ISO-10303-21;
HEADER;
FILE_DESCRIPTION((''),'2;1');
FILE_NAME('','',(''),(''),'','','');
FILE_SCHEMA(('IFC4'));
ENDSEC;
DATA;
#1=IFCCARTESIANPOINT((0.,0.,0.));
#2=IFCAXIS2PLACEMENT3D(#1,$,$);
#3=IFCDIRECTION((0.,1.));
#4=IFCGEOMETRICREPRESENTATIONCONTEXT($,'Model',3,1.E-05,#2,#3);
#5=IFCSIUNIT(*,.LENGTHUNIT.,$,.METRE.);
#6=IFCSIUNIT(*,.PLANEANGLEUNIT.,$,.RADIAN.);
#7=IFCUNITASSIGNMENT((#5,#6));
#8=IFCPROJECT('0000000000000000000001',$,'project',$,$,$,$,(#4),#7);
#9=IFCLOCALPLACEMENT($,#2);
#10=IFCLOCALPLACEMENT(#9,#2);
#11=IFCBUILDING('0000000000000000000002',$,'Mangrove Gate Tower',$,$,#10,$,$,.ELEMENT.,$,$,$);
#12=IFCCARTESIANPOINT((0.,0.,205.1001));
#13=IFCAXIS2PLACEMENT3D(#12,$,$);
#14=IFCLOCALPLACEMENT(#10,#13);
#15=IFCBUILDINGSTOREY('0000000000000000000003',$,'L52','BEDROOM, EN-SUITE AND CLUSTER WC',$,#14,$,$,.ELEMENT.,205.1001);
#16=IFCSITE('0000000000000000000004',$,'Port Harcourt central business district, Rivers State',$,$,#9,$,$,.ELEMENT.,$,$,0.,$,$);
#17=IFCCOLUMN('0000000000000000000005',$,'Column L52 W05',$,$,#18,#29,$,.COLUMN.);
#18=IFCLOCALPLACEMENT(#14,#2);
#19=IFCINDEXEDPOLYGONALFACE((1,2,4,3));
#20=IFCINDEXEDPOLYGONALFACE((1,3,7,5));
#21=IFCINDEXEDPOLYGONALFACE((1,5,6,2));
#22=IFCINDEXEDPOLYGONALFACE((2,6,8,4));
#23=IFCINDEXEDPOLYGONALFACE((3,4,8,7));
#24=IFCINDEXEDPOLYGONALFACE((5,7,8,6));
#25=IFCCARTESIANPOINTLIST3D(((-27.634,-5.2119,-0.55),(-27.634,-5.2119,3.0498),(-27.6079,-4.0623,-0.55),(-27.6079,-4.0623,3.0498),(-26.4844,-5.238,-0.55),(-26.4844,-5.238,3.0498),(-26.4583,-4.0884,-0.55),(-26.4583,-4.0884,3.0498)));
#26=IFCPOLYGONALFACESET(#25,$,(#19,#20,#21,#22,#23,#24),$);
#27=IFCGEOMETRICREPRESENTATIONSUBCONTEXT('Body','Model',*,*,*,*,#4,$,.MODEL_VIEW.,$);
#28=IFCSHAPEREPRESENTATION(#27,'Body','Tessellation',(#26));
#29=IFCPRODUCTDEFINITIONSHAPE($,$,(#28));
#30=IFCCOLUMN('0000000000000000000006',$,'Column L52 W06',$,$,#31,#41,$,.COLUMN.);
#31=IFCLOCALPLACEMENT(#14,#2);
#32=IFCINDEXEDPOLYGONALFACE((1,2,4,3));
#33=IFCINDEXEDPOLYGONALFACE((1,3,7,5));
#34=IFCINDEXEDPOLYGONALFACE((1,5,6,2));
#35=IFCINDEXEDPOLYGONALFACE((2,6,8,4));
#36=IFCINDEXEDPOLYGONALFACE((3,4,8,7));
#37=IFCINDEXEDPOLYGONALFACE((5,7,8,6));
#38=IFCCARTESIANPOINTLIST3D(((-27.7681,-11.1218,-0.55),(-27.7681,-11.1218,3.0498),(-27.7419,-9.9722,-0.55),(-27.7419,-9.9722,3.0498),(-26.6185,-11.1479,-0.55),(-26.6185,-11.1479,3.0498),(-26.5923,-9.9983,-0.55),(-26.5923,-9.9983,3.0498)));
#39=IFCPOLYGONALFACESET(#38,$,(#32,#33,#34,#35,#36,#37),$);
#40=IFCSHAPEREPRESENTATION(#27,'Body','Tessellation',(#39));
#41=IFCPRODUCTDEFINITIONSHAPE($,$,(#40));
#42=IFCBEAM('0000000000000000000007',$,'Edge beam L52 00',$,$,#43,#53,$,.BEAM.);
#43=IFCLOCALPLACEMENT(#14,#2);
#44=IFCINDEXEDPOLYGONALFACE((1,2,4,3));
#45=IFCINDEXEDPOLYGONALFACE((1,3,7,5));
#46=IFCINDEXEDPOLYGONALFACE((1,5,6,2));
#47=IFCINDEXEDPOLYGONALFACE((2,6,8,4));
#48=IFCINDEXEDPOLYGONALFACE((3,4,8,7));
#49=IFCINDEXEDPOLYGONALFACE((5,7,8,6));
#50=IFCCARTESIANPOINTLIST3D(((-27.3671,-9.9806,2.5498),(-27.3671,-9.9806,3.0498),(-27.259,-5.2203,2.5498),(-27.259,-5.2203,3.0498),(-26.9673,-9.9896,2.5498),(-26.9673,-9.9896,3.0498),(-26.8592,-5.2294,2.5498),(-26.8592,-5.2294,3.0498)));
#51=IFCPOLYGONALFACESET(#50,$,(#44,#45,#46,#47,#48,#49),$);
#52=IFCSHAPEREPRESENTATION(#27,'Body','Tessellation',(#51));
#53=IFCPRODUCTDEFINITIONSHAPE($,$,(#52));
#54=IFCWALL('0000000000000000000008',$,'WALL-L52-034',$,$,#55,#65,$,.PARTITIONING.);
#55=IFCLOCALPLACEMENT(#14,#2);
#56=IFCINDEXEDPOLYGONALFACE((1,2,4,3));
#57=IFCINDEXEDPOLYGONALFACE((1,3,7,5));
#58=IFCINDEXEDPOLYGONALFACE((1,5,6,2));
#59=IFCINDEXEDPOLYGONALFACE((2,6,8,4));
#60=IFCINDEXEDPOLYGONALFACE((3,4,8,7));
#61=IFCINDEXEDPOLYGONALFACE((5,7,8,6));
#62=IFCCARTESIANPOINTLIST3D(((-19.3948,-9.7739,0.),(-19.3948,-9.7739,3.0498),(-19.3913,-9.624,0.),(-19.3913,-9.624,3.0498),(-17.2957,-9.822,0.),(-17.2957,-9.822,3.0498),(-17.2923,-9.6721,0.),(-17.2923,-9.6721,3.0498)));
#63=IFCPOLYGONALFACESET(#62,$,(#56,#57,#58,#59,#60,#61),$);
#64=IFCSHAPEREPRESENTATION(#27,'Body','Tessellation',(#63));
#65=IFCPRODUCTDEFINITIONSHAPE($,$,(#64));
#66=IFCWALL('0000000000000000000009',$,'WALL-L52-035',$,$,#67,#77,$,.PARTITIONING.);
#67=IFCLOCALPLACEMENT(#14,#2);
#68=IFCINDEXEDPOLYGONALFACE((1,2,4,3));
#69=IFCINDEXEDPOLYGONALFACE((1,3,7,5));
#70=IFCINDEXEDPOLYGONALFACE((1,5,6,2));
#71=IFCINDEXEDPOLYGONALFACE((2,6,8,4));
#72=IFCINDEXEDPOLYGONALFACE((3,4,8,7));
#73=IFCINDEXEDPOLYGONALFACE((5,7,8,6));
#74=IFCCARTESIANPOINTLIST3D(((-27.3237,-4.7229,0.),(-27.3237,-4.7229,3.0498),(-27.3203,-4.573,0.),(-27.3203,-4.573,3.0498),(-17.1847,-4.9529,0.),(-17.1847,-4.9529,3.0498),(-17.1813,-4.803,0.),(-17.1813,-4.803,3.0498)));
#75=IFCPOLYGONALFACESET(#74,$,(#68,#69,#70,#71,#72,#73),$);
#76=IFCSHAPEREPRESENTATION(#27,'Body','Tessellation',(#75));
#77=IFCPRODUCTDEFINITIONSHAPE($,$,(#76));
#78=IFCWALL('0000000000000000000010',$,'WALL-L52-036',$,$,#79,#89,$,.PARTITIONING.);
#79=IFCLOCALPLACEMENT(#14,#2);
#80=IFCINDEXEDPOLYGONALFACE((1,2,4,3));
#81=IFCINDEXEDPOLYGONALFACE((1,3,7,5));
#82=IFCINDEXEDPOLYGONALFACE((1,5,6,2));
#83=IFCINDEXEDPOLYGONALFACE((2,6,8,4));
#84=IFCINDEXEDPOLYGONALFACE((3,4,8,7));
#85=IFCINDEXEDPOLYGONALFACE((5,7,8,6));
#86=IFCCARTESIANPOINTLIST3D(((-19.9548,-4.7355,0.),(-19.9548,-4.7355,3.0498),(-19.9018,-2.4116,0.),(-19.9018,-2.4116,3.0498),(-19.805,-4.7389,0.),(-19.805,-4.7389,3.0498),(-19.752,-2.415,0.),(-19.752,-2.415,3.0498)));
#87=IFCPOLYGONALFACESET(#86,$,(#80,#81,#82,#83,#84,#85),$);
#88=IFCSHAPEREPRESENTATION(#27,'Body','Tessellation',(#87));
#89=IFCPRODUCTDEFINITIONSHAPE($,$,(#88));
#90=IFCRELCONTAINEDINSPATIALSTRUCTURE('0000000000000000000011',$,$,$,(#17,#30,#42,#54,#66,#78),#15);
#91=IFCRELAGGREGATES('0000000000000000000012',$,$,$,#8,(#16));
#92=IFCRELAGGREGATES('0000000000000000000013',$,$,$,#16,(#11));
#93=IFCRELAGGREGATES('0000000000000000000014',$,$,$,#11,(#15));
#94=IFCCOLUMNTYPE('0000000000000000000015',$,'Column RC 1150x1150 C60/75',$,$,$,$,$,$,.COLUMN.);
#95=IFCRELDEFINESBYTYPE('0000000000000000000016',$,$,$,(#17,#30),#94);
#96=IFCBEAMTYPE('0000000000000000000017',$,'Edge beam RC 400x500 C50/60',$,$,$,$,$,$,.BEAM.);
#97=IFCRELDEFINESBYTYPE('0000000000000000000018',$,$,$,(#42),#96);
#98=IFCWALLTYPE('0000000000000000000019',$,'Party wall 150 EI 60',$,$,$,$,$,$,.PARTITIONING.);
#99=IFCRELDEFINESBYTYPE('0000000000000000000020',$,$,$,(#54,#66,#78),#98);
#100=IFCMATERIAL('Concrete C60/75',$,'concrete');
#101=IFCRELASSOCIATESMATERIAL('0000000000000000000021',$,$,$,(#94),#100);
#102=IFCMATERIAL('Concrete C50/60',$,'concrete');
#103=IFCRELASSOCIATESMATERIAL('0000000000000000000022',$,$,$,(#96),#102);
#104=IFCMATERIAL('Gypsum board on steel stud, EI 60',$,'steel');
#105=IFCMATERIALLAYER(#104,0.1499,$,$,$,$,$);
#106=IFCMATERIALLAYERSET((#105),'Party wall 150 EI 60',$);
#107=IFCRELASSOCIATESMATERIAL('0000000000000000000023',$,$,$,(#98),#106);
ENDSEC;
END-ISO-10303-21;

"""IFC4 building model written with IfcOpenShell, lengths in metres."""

from ifc_helpers import new_model, si_unit, direction, frame, frame_2d, origin, origin_2d, place, context, subcontext, project, spatial, rectangle, extrude, material, layer, layer_set, material_profile, profile_set, type_object, element, save


model = new_model("IFC4")

# Units and contexts
model_context = context("Model", 3, precision=1e-05, world=origin(), true_north=direction((0.0, 1.0)))
body_context = subcontext(model_context, "Body", "Model", "MODEL_VIEW")
ifc_project = project(units=[si_unit("LENGTHUNIT", "METRE"), si_unit("PLANEANGLEUNIT", "RADIAN")], contexts=[model_context])

# Site, building, storey
site_placement = place(None, origin())
site = spatial("IfcSite", under=ifc_project, at=site_placement, Name="Port Harcourt central business district, Rivers State", CompositionType="ELEMENT", RefElevation=0.0)
building_placement = place(site_placement, origin())
building = spatial("IfcBuilding", under=site, at=building_placement, Name="Mangrove Gate Tower", CompositionType="ELEMENT")
storey_placement = place(building_placement, frame((0.0, 0.0, 205.1001)))
storey = spatial("IfcBuildingStorey", under=building, at=storey_placement, Name="L52", Description="BEDROOM, EN-SUITE AND CLUSTER WC", CompositionType="ELEMENT", Elevation=205.1001)

# Columns
ifc_material_1 = material(Name="Concrete C60/75", Category="concrete")
ifc_material_profile_1 = material_profile(ifc_material_1, rectangle(XDim=1.1499, YDim=1.1499, at=origin_2d()))
ifc_profile_set_1 = profile_set([ifc_material_profile_1], Name="Concrete C60/75")
column_type = type_object("IfcColumnType", Name="Column RC 1150x1150 C60/75", PredefinedType="COLUMN", material=ifc_profile_set_1)
for number, where, z_axis, x_axis, name in (
    (1, (-27.0461, -4.6501, -0.55), (0.0, 0.0, 1.0), (-0.022682, -0.999743, 0.0), "Column L52 W05"),
    (2, (-27.1802, -10.5601, -0.55), (0.0, 0.0, 1.0), (-0.02275, -0.999741, 0.0), "Column L52 W06"),
):
    element("IfcColumn", number, at=place(storey_placement, frame(where, z_axis=z_axis, x_axis=x_axis)), inside=storey, type_object=column_type, Name=name, PredefinedType="COLUMN", context=body_context, shape_type="SweptSolid", body=[
        extrude(rectangle(XDim=1.1499, YDim=1.1499, at=origin_2d()), origin(), (0.0, 0.0, 1.0), 3.5999),
    ])

# Beam
ifc_material_2 = material(Name="Concrete C50/60", Category="concrete")
ifc_material_profile_2 = material_profile(ifc_material_2, rectangle(XDim=0.3999, YDim=0.5, at=origin_2d()))
ifc_profile_set_2 = profile_set([ifc_material_profile_2], Name="Concrete C50/60")
beam_type = type_object("IfcBeamType", Name="Edge beam RC 400x500 C50/60", PredefinedType="BEAM", material=ifc_profile_set_2)
beam_placement = place(storey_placement, frame((-27.0591, -5.2249, 2.7998), z_axis=(-0.022714, -0.999742, 0.0), x_axis=(0.999742, -0.022714, 0.0)))
element("IfcBeam", 3, at=beam_placement, inside=storey, type_object=beam_type, Name="Edge beam L52 00", PredefinedType="BEAM", context=body_context, shape_type="SweptSolid", body=[
    extrude(rectangle(XDim=0.3999, YDim=0.5, at=origin_2d()), origin(), (0.0, 0.0, 1.0), 4.7615),
])

# Walls
ifc_material_3 = material(Name="Gypsum board on steel stud, EI 60", Category="steel")
ifc_layer_1 = layer(ifc_material_3, 0.1499)
ifc_layer_set_1 = layer_set([ifc_layer_1], Name="Party wall 150 EI 60")
wall_type_1 = type_object("IfcWallType", Name="Party wall 150 EI 60", PredefinedType="PARTITIONING", material=ifc_layer_set_1)
wall_1_placement = place(storey_placement, frame((-19.3931, -9.699, 0.0), z_axis=(0.0, 0.0, 1.0), x_axis=(0.999738, -0.022906, 0.0)))
element("IfcWall", 4, at=wall_1_placement, inside=storey, type_object=wall_type_1, Name="WALL-L52-034", PredefinedType="PARTITIONING", context=body_context, shape_type="SweptSolid", body=[
    extrude(rectangle(XDim=2.0996, YDim=0.1499, at=frame_2d((1.0498, 0.0))), origin(), (0.0, 0.0, 1.0), 3.0498),
])
wall_2_placement = place(storey_placement, frame((-27.322, -4.6479, 0.0), z_axis=(0.0, 0.0, 1.0), x_axis=(0.999743, -0.022677, 0.0)))
element("IfcWall", 5, at=wall_2_placement, inside=storey, type_object=wall_type_1, Name="WALL-L52-035", PredefinedType="PARTITIONING", context=body_context, shape_type="SweptSolid", body=[
    extrude(rectangle(XDim=10.1416, YDim=0.1499, at=frame_2d((5.0708, 0.0))), origin(), (0.0, 0.0, 1.0), 3.0498),
])
wall_3_placement = place(storey_placement, frame((-19.8799, -4.7371, 0.0), z_axis=(0.0, 0.0, 1.0), x_axis=(0.022791, 0.99974, 0.0)))
element("IfcWall", 6, at=wall_3_placement, inside=storey, type_object=wall_type_1, Name="WALL-L52-036", PredefinedType="PARTITIONING", context=body_context, shape_type="SweptSolid", body=[
    extrude(rectangle(XDim=2.3245, YDim=0.1499, at=frame_2d((1.1621, 0.0))), origin(), (0.0, 0.0, 1.0), 3.0498),
])

save(model, "model.ifc")
